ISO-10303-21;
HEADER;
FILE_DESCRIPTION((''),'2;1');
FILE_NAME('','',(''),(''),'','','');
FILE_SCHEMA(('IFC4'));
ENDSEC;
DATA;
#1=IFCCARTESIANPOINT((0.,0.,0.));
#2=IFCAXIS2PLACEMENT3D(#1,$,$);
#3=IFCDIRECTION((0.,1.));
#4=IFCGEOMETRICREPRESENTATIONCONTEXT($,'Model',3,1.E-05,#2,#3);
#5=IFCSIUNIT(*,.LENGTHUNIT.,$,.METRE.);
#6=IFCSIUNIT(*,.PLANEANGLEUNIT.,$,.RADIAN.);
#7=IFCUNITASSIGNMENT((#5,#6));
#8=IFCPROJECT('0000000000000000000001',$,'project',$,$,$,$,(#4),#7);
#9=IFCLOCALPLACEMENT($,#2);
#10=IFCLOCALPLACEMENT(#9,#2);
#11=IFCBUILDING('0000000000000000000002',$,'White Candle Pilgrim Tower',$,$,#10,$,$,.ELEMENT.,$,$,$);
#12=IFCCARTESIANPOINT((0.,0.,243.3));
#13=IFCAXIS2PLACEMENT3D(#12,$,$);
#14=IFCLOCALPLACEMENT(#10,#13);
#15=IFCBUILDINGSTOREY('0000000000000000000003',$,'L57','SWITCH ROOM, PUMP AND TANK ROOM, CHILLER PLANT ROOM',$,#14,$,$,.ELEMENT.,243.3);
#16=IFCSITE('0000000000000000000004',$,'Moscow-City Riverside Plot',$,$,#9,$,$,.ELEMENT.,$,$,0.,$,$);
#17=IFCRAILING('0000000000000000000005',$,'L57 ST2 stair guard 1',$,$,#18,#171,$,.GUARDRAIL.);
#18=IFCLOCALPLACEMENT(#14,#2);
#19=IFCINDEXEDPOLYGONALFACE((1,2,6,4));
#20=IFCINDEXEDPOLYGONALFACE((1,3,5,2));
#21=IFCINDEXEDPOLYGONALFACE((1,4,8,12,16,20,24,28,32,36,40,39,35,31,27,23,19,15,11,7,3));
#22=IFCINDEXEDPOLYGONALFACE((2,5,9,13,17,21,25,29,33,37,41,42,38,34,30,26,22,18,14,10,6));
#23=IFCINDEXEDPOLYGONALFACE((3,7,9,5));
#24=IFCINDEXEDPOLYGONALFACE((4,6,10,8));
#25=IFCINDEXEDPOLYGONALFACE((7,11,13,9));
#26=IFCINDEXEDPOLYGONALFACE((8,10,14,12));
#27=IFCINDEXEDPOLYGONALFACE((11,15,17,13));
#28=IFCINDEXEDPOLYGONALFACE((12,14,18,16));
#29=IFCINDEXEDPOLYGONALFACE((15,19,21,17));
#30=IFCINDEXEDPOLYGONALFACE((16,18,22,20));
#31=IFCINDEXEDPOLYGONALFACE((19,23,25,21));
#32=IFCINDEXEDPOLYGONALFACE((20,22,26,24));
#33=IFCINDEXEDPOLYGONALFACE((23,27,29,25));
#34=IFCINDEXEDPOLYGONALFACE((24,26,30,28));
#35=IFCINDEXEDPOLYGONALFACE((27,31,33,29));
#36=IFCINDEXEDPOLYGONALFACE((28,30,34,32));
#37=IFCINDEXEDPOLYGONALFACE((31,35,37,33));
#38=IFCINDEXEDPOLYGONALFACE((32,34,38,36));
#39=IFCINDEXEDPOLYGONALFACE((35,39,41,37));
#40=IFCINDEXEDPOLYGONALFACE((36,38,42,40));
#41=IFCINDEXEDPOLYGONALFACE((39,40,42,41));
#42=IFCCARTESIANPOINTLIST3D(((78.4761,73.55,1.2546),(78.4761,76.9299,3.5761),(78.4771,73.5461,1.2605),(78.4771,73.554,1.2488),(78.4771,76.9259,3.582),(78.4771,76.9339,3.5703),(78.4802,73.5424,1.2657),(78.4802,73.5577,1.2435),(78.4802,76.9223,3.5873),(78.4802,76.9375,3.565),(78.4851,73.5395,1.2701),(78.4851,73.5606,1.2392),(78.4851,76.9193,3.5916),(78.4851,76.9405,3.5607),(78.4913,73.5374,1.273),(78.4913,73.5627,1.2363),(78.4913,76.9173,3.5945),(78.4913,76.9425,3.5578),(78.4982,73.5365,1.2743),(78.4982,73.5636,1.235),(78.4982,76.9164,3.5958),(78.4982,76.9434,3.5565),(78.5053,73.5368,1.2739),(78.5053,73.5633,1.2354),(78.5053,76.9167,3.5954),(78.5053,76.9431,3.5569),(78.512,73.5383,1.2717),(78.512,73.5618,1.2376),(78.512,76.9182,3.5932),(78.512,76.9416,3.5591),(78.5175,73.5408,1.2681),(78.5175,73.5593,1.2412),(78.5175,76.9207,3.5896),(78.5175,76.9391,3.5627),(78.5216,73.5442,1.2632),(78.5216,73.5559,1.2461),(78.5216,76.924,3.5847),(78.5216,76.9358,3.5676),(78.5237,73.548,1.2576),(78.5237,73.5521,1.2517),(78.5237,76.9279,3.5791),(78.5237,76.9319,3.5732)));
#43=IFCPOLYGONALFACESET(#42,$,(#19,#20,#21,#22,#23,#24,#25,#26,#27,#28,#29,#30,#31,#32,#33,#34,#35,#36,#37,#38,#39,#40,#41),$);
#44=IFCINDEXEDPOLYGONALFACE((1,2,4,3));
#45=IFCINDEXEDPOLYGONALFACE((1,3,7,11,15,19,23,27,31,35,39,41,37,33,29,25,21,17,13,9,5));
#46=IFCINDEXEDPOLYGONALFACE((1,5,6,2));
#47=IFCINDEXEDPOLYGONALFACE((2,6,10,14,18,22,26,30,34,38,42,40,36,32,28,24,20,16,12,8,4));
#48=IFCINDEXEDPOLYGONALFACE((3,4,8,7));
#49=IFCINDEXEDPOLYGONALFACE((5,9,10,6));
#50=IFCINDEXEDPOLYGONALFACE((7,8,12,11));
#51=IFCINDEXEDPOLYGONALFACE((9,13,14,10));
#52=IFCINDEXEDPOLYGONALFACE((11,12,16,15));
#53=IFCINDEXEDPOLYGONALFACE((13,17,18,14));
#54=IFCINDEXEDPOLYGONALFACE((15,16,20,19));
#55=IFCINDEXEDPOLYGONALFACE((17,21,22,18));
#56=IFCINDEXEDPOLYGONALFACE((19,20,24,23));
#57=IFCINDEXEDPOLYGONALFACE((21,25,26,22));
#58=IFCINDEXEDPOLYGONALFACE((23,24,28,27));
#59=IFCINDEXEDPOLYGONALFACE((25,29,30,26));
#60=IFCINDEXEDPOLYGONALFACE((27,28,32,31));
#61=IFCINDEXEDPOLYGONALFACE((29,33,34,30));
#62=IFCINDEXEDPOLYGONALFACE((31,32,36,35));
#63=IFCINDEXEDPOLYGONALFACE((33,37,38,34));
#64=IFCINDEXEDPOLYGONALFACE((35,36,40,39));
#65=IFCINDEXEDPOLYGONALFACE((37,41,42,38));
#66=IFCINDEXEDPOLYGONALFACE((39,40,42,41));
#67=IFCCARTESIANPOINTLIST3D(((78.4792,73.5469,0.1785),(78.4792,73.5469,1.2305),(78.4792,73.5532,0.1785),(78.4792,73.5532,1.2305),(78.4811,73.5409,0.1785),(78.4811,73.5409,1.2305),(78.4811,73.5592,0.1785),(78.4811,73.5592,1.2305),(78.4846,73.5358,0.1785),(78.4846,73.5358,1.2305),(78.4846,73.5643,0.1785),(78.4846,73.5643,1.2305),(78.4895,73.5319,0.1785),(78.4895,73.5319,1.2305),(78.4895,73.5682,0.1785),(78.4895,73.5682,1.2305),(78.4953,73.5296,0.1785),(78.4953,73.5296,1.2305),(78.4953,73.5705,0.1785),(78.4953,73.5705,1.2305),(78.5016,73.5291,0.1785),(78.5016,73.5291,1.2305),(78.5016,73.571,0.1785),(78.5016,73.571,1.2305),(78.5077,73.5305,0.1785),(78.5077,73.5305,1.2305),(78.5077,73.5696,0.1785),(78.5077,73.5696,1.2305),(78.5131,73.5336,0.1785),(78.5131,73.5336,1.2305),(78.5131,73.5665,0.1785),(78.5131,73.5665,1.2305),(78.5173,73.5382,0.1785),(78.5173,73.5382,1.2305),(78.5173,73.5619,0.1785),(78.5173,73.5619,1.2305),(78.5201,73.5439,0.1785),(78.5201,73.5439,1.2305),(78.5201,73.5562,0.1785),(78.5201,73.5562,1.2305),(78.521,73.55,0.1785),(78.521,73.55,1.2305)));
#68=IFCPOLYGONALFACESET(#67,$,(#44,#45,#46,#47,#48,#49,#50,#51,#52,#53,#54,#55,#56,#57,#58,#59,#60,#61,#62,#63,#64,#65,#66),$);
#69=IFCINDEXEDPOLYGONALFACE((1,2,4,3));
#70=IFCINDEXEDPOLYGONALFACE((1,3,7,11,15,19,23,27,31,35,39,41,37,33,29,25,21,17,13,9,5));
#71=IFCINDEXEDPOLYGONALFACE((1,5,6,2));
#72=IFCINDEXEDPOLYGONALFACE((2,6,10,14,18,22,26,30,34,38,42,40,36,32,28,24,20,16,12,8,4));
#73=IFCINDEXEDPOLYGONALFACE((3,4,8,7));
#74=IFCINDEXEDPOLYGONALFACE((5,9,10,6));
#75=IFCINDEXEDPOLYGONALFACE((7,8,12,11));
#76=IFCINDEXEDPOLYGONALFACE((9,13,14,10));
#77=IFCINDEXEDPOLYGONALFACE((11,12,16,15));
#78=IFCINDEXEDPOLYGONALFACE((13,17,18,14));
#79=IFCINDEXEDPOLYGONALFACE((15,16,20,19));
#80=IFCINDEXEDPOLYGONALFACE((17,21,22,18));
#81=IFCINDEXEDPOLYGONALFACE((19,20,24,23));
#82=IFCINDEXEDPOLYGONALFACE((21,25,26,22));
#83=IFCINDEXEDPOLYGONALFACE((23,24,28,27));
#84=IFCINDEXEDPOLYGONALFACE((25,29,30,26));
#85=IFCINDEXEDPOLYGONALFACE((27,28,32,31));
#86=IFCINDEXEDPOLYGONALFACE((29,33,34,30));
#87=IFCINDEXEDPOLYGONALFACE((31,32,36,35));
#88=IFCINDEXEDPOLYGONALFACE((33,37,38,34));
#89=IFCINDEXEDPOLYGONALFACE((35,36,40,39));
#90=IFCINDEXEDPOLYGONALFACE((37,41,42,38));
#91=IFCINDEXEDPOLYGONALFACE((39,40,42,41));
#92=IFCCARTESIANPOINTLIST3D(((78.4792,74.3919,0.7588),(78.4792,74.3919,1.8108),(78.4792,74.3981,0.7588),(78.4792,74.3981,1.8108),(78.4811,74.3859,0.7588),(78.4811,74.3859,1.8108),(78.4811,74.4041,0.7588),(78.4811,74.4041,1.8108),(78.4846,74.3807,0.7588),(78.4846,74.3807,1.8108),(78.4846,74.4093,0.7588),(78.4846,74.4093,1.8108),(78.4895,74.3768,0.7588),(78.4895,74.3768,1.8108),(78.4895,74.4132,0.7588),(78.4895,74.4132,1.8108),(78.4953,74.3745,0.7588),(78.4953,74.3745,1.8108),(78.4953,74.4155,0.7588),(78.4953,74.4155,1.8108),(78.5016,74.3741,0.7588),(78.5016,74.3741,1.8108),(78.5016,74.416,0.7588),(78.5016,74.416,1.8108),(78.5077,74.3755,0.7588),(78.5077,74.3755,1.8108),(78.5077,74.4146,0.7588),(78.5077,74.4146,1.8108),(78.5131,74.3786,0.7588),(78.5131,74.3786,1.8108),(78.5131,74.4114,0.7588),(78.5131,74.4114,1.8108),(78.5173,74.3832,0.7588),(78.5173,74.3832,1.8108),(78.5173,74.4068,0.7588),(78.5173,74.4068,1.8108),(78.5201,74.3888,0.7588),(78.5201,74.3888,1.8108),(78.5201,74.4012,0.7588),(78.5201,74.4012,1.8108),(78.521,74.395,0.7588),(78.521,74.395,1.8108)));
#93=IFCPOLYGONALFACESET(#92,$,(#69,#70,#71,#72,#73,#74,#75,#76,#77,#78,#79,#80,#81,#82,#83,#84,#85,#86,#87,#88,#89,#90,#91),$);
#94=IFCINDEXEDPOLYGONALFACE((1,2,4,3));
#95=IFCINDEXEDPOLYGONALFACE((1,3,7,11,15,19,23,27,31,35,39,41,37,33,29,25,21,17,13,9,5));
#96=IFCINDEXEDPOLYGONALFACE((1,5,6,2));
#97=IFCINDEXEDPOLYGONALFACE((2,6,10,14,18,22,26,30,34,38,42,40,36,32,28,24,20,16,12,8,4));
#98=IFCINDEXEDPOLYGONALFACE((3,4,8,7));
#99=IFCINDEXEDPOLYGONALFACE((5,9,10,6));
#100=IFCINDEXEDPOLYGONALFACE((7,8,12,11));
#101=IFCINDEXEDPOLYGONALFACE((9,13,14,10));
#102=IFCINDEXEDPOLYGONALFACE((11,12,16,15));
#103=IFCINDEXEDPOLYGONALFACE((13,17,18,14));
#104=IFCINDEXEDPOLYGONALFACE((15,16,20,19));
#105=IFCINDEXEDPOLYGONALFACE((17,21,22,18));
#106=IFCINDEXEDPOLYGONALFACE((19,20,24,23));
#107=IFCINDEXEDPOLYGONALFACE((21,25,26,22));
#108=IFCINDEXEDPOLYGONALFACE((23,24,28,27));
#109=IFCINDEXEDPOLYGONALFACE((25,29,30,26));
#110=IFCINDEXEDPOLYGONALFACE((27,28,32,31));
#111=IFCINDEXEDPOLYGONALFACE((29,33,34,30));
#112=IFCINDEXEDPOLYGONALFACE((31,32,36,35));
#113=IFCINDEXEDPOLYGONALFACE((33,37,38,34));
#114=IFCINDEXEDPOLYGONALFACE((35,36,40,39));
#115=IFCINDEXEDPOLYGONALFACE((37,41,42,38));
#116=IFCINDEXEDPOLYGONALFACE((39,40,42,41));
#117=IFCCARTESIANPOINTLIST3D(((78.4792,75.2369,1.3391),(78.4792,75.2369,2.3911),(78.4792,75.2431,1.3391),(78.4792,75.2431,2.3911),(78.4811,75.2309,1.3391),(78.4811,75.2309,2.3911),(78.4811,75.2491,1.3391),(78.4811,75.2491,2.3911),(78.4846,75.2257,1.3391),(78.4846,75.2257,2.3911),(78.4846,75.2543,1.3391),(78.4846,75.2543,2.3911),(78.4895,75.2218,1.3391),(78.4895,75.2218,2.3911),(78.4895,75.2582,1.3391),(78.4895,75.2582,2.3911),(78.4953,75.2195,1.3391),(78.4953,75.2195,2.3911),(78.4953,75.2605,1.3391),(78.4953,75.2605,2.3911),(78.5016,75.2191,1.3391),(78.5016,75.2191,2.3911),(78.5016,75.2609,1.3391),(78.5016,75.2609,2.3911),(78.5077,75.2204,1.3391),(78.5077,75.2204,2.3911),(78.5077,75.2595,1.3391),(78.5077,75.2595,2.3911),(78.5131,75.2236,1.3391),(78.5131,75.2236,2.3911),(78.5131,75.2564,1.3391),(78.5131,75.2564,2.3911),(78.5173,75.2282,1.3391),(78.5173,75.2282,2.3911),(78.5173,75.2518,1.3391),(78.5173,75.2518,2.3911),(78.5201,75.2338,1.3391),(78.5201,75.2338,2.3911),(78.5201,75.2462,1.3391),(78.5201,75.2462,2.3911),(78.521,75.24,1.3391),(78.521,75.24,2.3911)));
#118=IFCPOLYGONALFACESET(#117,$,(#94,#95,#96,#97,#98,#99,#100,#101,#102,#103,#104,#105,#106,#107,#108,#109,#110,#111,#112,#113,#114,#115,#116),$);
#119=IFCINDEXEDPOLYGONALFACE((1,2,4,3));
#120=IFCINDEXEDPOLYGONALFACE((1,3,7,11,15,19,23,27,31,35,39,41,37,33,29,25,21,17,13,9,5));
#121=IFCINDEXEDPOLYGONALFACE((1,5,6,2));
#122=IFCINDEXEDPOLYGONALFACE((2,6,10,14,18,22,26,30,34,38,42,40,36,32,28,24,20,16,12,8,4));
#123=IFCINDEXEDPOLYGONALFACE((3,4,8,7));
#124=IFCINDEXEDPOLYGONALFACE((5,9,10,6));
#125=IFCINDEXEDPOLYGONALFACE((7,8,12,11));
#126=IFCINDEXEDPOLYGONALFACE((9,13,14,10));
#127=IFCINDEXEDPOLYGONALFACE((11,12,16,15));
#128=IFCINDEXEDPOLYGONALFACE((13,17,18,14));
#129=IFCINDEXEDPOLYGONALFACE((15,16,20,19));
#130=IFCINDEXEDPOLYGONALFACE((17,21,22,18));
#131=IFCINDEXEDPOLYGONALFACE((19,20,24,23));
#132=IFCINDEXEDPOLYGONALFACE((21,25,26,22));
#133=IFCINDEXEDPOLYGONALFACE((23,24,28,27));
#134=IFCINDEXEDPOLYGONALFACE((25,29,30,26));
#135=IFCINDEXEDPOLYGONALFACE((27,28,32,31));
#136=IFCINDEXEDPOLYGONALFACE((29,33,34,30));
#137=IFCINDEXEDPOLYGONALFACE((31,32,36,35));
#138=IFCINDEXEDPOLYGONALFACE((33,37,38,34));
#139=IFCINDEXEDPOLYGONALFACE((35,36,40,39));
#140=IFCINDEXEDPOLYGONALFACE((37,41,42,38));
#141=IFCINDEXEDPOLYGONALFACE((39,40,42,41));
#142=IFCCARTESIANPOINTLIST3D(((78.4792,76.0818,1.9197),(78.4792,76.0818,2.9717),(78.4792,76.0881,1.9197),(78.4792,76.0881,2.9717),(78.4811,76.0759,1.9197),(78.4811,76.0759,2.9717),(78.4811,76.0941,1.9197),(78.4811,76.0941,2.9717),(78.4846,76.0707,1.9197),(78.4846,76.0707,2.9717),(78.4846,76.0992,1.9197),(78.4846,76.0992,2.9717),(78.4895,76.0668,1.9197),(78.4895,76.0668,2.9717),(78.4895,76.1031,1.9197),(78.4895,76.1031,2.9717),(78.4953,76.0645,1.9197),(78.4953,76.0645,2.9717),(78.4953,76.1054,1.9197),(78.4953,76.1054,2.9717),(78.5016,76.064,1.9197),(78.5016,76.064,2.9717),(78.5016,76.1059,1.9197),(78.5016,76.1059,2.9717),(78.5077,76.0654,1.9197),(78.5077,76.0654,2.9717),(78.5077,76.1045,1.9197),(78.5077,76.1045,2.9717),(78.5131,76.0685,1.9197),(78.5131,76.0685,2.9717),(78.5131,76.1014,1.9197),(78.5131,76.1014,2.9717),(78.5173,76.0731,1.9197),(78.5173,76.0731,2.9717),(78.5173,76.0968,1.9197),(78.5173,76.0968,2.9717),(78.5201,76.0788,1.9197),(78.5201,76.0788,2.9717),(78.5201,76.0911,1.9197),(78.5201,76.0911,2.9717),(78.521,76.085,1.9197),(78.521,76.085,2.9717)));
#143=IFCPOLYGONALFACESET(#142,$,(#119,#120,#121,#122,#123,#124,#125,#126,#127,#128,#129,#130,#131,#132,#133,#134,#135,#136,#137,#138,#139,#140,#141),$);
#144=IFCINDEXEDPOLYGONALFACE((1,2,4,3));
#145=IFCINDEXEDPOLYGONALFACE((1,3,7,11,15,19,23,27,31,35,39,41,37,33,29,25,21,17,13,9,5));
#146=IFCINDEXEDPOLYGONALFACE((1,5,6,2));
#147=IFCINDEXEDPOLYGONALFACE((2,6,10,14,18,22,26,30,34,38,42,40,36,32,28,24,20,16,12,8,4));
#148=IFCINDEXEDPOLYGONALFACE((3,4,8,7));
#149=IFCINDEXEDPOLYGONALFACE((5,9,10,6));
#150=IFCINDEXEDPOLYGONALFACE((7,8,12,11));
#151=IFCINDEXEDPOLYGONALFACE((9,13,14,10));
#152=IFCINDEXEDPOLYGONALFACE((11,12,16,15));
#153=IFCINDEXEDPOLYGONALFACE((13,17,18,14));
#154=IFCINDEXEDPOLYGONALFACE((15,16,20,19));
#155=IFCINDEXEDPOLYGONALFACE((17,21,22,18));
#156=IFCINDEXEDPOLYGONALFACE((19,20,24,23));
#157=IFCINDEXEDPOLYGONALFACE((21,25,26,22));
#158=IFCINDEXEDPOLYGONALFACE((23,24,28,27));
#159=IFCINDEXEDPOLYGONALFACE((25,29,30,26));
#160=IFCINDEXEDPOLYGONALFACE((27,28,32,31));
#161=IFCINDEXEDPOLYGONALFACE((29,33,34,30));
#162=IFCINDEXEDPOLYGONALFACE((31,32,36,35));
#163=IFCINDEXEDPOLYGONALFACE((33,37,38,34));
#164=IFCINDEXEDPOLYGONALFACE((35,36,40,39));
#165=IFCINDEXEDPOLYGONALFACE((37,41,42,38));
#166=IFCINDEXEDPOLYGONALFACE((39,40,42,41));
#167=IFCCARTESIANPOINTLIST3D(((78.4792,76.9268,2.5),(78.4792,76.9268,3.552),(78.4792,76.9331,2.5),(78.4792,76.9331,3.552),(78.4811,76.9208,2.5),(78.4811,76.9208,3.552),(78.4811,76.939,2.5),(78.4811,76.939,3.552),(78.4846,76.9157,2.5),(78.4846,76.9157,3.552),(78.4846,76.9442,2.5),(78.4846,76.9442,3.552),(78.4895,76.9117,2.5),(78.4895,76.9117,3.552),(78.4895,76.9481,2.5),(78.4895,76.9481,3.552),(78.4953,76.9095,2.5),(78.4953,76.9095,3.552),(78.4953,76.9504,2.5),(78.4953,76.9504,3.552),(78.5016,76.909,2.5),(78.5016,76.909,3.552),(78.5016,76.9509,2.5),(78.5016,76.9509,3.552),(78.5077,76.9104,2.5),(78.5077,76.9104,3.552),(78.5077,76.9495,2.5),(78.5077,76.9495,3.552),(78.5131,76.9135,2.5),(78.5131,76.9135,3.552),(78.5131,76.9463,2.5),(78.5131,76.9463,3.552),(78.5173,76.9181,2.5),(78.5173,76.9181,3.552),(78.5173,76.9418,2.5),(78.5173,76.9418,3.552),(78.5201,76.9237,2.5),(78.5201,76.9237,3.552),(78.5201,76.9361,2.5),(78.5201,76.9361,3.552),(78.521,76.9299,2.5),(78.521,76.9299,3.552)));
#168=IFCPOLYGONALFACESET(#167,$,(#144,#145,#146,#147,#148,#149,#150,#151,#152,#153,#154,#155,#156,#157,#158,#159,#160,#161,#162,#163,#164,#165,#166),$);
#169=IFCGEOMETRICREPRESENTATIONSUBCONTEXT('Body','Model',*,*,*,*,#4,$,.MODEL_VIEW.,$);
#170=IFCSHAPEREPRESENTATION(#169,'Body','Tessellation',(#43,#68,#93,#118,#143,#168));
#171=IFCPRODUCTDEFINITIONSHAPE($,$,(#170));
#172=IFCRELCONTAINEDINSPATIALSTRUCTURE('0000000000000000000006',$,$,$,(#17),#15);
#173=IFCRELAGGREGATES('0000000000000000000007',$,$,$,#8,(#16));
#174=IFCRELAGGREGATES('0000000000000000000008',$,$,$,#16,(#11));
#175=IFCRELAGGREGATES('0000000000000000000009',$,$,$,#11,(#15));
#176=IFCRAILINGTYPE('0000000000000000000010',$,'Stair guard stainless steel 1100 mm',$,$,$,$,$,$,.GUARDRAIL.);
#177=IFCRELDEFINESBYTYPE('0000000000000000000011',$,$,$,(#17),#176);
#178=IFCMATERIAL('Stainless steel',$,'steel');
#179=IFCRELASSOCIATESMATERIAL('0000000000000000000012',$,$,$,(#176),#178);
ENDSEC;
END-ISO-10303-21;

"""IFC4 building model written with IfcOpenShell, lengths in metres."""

from ifc_helpers import new_model, si_unit, direction, frame, origin, origin_2d, place, context, subcontext, project, spatial, circle, extrude, material, type_object, element, save


model = new_model("IFC4")

# Units and contexts
model_context = context("Model", 3, precision=1e-05, world=origin(), true_north=direction((0.0, 1.0)))
body_context = subcontext(model_context, "Body", "Model", "MODEL_VIEW")
ifc_project = project(units=[si_unit("LENGTHUNIT", "METRE"), si_unit("PLANEANGLEUNIT", "RADIAN")], contexts=[model_context])

# Site, building, storey
site_placement = place(None, origin())
site = spatial("IfcSite", under=ifc_project, at=site_placement, Name="Moscow-City Riverside Plot", CompositionType="ELEMENT", RefElevation=0.0)
building_placement = place(site_placement, origin())
building = spatial("IfcBuilding", under=site, at=building_placement, Name="White Candle Pilgrim Tower", CompositionType="ELEMENT")
storey_placement = place(building_placement, frame((0.0, 0.0, 243.3)))
storey = spatial("IfcBuildingStorey", under=building, at=storey_placement, Name="L57", Description="SWITCH ROOM, PUMP AND TANK ROOM, CHILLER PLANT ROOM", CompositionType="ELEMENT", Elevation=243.3)

# Railing
ifc_material_1 = material(Name="Stainless steel", Category="steel")
railing_type_1 = type_object("IfcRailingType", Name="Stair guard stainless steel 1100 mm", PredefinedType="GUARDRAIL", material=ifc_material_1)
railing_1_placement = place(storey_placement, frame((78.5, 73.55, 0.1785)))
element("IfcRailing", 1, at=railing_1_placement, inside=storey, type_object=railing_type_1, Name="L57 ST2 stair guard 1", PredefinedType="GUARDRAIL", context=body_context, shape_type="SweptSolid", body=[
    extrude(circle(Radius=0.0239, at=origin_2d()), frame((0.0, 0.0, 1.0762), z_axis=(0.0, 0.824285, 0.566175), x_axis=(-1.0, 0.0, 0.0)), (0.0, 0.0, 1.0), 4.1003),
    extrude(circle(Radius=0.021, at=origin_2d()), origin(), (0.0, 0.0, 1.0), 1.052),
    extrude(circle(Radius=0.021, at=origin_2d()), frame((0.0, 0.845, 0.5803)), (0.0, 0.0, 1.0), 1.052),
    extrude(circle(Radius=0.021, at=origin_2d()), frame((0.0, 1.6899, 1.1606)), (0.0, 0.0, 1.0), 1.052),
    extrude(circle(Radius=0.021, at=origin_2d()), frame((0.0, 2.5349, 1.7412)), (0.0, 0.0, 1.0), 1.052),
    extrude(circle(Radius=0.021, at=origin_2d()), frame((0.0, 3.3799, 2.3215)), (0.0, 0.0, 1.0), 1.052),
])

save(model, "model.ifc")
